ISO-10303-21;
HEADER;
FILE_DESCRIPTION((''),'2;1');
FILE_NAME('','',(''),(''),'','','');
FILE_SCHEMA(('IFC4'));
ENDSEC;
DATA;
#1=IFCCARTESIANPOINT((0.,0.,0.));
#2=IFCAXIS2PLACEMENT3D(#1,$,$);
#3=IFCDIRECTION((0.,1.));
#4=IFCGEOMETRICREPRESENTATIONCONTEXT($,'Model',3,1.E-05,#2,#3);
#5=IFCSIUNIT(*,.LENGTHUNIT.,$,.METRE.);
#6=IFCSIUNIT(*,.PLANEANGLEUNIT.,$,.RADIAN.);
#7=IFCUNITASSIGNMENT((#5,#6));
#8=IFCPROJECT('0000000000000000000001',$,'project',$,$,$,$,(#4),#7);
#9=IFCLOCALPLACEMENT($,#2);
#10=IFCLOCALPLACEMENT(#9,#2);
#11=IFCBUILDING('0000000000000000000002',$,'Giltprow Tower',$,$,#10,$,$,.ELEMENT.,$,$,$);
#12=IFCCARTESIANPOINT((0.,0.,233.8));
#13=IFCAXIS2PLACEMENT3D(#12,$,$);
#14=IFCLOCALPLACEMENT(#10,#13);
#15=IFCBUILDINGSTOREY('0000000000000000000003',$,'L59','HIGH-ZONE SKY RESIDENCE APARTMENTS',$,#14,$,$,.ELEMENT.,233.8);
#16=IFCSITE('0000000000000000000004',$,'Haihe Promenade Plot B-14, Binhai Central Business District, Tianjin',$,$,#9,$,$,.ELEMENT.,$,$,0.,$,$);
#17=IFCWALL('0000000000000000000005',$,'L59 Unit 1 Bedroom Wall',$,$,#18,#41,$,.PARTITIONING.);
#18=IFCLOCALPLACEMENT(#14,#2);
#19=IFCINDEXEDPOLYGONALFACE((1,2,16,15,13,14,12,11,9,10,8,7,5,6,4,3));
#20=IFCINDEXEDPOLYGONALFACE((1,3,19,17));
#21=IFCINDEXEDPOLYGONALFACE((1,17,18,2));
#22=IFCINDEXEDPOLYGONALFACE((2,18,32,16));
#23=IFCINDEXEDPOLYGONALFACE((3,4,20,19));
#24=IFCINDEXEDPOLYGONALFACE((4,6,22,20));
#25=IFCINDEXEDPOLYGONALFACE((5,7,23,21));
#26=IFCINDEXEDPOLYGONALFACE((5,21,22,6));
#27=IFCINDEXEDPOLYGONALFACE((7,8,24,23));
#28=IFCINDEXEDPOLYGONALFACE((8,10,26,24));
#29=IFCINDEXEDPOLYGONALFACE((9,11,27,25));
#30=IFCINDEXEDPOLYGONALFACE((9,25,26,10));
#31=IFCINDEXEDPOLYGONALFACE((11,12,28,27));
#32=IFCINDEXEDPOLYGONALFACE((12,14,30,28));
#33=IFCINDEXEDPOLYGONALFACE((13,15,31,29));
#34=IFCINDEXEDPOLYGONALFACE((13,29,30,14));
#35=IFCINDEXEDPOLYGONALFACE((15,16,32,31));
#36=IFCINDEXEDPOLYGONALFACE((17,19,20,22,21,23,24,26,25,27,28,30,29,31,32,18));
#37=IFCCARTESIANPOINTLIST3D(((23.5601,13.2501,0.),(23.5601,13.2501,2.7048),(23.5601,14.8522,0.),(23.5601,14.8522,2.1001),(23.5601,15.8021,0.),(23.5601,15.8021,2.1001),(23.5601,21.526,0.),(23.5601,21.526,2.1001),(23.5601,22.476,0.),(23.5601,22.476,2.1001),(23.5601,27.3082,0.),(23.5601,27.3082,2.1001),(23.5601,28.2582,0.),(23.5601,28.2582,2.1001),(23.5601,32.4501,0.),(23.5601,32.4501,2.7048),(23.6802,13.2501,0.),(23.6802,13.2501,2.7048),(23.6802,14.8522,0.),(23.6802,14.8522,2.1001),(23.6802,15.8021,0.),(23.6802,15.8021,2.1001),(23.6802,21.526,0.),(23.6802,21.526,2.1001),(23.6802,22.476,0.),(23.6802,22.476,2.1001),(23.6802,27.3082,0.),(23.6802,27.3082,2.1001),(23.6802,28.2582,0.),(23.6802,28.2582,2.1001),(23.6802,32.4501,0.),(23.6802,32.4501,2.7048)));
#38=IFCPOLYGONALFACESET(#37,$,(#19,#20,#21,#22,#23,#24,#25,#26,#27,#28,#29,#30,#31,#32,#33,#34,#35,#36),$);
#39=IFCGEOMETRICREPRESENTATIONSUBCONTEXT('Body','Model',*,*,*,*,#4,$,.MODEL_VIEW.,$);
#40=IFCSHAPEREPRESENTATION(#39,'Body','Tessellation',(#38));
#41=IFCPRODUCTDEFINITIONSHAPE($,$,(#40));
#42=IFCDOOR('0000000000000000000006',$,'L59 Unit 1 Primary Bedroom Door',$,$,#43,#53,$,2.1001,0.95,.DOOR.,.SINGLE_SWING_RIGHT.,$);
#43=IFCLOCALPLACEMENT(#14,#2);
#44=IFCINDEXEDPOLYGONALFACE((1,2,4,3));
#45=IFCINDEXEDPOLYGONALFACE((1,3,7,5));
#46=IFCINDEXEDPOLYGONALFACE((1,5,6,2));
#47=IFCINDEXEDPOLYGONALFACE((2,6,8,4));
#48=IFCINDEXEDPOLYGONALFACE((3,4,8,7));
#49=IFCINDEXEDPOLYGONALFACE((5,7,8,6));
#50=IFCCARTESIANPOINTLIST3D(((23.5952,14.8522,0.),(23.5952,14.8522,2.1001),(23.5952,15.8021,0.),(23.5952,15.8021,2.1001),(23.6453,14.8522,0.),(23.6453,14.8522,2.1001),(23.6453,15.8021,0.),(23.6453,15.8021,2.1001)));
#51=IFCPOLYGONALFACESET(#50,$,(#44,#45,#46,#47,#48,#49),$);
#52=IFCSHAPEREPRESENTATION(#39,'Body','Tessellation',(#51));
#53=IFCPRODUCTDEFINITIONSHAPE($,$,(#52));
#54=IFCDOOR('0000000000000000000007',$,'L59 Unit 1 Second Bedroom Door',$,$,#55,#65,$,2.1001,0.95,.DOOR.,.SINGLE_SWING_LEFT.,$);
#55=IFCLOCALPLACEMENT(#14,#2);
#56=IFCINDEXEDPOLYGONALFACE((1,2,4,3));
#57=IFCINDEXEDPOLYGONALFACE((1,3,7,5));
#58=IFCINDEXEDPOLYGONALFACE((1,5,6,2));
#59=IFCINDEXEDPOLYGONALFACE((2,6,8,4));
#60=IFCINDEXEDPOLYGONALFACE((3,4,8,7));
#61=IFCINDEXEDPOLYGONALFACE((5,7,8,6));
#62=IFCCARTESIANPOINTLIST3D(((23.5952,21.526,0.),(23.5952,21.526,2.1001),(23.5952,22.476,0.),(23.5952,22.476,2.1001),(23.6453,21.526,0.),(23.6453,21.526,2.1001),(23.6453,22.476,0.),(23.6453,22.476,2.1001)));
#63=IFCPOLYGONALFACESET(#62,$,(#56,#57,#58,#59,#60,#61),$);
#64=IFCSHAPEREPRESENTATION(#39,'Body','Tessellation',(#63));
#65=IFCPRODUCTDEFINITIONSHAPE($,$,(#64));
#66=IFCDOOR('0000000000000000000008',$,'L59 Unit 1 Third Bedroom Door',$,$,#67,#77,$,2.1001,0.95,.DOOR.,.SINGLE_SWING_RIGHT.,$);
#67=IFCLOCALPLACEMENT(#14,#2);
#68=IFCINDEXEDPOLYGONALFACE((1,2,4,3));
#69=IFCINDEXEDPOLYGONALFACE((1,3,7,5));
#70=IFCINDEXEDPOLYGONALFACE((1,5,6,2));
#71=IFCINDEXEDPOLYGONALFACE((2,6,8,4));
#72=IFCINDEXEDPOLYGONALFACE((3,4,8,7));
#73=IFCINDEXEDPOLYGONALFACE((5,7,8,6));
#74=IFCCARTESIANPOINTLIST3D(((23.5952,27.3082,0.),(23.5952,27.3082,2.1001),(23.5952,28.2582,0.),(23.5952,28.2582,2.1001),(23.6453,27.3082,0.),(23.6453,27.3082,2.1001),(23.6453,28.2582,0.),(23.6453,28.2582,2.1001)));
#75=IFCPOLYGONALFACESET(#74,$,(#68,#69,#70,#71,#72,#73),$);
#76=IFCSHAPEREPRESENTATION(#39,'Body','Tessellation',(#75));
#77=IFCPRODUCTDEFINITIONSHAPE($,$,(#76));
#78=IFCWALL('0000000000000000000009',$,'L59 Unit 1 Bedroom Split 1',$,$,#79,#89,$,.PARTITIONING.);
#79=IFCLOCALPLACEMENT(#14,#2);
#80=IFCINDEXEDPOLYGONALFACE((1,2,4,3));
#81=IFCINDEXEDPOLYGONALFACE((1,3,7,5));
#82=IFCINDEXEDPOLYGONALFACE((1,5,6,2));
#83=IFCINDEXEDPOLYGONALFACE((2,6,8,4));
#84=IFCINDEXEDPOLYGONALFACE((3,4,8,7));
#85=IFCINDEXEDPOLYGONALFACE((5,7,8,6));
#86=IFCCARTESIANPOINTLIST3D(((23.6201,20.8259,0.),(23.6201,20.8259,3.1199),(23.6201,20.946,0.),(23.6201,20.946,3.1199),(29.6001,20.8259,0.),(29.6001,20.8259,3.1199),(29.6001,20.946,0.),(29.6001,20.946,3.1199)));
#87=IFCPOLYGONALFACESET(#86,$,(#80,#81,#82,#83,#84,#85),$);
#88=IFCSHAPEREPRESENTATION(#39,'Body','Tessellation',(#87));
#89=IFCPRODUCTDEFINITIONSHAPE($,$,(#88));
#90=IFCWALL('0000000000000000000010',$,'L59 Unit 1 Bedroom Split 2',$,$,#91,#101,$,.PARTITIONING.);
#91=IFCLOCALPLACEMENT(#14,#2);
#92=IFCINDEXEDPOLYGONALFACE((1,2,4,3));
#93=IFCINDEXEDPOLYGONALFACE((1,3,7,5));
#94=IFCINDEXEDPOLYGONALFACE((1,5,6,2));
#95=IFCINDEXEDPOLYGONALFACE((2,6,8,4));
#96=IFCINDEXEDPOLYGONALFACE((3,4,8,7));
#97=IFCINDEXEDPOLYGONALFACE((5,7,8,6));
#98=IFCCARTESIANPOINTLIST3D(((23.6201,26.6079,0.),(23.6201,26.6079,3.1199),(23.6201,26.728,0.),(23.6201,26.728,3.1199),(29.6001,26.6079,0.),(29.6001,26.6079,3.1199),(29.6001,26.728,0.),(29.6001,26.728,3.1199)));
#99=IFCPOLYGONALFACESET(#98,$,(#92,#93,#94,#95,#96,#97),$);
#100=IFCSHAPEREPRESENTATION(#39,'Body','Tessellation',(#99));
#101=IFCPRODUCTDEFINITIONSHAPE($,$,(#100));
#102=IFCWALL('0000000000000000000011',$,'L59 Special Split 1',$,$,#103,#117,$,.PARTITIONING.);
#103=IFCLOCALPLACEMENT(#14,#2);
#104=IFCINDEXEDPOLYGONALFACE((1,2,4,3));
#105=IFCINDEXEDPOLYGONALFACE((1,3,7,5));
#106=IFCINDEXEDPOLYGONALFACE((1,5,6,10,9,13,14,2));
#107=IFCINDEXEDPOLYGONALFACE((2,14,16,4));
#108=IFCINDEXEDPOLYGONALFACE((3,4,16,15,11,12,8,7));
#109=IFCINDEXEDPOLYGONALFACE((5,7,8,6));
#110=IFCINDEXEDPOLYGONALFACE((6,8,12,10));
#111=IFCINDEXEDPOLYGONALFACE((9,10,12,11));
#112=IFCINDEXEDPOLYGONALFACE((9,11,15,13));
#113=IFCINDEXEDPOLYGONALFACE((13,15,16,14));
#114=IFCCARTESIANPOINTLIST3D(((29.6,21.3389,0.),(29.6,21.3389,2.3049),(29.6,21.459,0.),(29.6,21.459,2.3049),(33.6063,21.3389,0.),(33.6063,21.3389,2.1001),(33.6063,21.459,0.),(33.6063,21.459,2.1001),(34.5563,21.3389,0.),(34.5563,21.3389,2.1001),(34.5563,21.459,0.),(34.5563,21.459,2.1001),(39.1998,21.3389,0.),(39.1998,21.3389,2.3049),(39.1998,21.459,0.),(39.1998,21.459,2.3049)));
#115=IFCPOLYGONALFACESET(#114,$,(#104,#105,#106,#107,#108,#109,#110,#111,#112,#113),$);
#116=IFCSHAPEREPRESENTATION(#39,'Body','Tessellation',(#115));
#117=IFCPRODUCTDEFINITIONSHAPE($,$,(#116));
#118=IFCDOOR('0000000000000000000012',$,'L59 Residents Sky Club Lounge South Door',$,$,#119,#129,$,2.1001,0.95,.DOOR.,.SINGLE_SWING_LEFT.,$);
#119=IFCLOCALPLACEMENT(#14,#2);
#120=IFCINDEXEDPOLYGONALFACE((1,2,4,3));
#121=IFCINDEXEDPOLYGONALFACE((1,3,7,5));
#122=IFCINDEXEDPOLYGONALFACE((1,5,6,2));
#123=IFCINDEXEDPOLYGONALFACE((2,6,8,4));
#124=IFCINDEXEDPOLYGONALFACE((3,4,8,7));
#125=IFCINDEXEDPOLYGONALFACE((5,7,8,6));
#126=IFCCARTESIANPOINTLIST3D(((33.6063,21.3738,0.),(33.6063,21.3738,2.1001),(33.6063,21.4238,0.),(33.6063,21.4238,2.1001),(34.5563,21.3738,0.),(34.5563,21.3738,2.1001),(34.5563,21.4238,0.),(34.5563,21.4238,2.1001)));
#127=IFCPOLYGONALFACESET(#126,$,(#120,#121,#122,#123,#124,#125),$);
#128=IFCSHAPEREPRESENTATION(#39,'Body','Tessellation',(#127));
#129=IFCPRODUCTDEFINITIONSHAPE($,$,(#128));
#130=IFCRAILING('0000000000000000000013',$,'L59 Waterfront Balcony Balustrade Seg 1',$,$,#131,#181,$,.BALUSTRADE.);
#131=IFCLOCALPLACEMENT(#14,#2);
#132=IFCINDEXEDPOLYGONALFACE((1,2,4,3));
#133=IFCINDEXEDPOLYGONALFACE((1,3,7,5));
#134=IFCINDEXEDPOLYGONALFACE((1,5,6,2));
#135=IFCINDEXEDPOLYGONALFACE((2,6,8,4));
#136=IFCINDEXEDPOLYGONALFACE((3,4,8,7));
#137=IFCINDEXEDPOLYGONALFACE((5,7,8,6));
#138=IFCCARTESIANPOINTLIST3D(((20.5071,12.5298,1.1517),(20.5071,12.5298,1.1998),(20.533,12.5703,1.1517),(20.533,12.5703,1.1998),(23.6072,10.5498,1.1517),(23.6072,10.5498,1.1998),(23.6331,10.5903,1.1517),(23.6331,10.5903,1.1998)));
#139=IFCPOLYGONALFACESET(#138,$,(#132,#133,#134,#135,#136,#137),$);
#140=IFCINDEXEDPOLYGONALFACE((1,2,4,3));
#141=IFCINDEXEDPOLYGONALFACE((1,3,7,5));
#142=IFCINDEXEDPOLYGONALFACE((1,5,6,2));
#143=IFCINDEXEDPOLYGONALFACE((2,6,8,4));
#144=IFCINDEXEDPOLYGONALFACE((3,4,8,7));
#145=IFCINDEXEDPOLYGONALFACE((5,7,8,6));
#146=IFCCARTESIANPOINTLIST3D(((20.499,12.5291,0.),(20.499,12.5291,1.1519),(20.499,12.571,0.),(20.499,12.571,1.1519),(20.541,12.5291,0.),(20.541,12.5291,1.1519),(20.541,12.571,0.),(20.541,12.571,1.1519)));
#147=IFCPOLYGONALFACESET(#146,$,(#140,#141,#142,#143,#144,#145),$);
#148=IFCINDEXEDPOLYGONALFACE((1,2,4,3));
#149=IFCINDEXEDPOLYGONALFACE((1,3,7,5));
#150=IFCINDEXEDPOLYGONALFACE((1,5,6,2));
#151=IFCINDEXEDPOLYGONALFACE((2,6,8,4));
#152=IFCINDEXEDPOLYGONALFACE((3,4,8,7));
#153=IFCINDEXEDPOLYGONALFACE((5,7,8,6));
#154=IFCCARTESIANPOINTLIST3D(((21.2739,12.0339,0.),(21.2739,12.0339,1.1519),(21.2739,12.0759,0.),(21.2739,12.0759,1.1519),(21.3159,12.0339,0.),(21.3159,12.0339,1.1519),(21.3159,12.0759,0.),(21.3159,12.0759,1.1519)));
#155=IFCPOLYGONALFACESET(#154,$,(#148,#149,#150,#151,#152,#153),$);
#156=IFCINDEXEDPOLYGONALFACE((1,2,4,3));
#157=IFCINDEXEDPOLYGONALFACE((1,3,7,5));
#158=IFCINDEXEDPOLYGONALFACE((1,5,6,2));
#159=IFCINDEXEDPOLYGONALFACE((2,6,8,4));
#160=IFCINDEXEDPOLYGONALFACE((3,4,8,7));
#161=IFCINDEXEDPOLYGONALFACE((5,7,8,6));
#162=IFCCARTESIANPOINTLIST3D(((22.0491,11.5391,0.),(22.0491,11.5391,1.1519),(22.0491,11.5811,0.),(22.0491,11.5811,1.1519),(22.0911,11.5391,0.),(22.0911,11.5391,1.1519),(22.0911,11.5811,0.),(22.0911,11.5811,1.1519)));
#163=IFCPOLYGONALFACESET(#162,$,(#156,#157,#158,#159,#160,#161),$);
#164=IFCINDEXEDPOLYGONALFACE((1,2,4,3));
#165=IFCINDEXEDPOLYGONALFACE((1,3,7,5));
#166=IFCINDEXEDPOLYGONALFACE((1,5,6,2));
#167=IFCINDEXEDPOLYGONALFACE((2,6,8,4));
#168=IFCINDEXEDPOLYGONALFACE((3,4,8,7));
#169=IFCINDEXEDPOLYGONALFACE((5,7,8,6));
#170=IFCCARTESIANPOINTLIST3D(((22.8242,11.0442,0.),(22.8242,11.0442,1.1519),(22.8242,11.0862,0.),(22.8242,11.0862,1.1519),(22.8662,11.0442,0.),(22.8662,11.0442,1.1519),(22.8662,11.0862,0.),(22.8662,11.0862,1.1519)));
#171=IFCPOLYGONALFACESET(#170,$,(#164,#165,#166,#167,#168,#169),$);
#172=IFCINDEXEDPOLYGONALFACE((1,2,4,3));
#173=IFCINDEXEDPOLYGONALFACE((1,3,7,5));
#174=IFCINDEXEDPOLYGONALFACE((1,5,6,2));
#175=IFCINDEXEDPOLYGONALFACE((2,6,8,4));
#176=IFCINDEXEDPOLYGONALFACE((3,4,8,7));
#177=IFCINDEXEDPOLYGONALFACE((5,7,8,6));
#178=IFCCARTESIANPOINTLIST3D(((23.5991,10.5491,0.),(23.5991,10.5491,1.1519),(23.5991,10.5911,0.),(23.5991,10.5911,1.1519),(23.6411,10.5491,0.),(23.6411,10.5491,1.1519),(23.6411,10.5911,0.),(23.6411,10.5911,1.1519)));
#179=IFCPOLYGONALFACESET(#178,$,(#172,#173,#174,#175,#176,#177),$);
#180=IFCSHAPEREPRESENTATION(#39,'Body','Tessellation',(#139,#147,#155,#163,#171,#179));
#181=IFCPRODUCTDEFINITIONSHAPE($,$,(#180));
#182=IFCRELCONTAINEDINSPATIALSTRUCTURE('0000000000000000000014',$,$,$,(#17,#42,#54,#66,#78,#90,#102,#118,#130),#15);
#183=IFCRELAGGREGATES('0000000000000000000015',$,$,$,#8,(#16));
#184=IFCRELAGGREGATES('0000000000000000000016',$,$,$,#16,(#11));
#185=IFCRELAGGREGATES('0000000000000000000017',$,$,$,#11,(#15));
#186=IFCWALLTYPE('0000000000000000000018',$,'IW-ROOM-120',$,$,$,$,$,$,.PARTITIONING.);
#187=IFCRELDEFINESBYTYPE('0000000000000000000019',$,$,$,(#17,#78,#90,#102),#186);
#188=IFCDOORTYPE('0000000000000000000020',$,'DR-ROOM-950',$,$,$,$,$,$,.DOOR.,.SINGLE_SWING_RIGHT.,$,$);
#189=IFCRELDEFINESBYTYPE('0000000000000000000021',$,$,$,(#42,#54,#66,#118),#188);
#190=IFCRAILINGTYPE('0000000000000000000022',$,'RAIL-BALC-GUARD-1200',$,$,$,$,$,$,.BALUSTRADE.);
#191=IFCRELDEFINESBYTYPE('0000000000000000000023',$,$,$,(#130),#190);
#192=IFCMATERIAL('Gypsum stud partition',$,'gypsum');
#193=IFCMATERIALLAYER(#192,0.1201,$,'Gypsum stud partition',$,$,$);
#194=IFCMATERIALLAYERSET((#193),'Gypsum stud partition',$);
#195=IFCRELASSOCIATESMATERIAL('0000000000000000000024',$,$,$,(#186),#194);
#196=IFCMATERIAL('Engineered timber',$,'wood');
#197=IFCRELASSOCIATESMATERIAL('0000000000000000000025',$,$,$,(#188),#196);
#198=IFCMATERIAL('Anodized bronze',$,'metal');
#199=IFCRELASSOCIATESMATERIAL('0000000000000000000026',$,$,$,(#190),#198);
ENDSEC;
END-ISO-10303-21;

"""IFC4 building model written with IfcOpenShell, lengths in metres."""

from ifc_helpers import new_model, si_unit, direction, frame, frame_2d, origin, origin_2d, place, context, subcontext, project, spatial, rectangle, extrude, source, transform, mapped, material, layer, layer_set, type_object, element, fill, save


model = new_model("IFC4")

# Units and contexts
model_context = context("Model", 3, precision=1e-05, world=origin(), true_north=direction((0.0, 1.0)))
body_context = subcontext(model_context, "Body", "Model", "MODEL_VIEW")
ifc_project = project(units=[si_unit("LENGTHUNIT", "METRE"), si_unit("PLANEANGLEUNIT", "RADIAN")], contexts=[model_context])

# Site, building, storey
site_placement = place(None, origin())
site = spatial("IfcSite", under=ifc_project, at=site_placement, Name="Haihe Promenade Plot B-14, Binhai Central Business District, Tianjin", CompositionType="ELEMENT", RefElevation=0.0)
building_placement = place(site_placement, origin())
building = spatial("IfcBuilding", under=site, at=building_placement, Name="Giltprow Tower", CompositionType="ELEMENT")
storey_placement = place(building_placement, frame((0.0, 0.0, 233.8)))
storey = spatial("IfcBuildingStorey", under=building, at=storey_placement, Name="L59", Description="HIGH-ZONE SKY RESIDENCE APARTMENTS", CompositionType="ELEMENT", Elevation=233.8)

# Shared definitions
ifc_material_1 = material(Name="Gypsum stud partition", Category="gypsum")

# Wall, openings, doors
ifc_layer_1 = layer(ifc_material_1, 0.1201, Name="Gypsum stud partition")
ifc_layer_set_1 = layer_set([ifc_layer_1], Name="Gypsum stud partition")
wall_type_1 = type_object("IfcWallType", Name="IW-ROOM-120", PredefinedType="PARTITIONING", material=ifc_layer_set_1)
wall_1_placement = place(storey_placement, frame((23.6201, 13.25, 0.0), z_axis=(0.0, 0.0, 1.0), x_axis=(0.0, 1.0, 0.0)))
wall_1 = element("IfcWall", 1, at=wall_1_placement, inside=storey, type_object=wall_type_1, Name="L59 Unit 1 Bedroom Wall", PredefinedType="PARTITIONING", context=body_context, shape_type="SweptSolid", body=[
    extrude(rectangle(XDim=19.2, YDim=0.1201, at=frame_2d((9.6001, 0.0))), origin(), (0.0, 0.0, 1.0), 2.7048),
])
opening_1_placement = place(wall_1_placement, frame((1.6021, 0.0, 0.0)))
opening_1 = element("IfcOpeningElement", 2, at=opening_1_placement, cuts=wall_1, PredefinedType="OPENING", context=body_context, shape_type="SweptSolid", body=[
    extrude(rectangle(XDim=0.95, YDim=2.1001, at=frame_2d((0.4751, 1.05))), frame((0.0, 0.0701, 0.0), z_axis=(0.0, -1.0, 0.0), x_axis=(1.0, 0.0, 0.0)), (0.0, 0.0, 1.0), 0.1401),
])
opening_2_placement = place(wall_1_placement, frame((8.2759, 0.0, 0.0)))
opening_2 = element("IfcOpeningElement", 3, at=opening_2_placement, cuts=wall_1, PredefinedType="OPENING", context=body_context, shape_type="SweptSolid", body=[
    extrude(rectangle(XDim=0.95, YDim=2.1001, at=frame_2d((0.4751, 1.05))), frame((0.0, 0.0701, 0.0), z_axis=(0.0, -1.0, 0.0), x_axis=(1.0, 0.0, 0.0)), (0.0, 0.0, 1.0), 0.1401),
])
opening_3_placement = place(wall_1_placement, frame((14.0581, 0.0, 0.0)))
opening_3 = element("IfcOpeningElement", 4, at=opening_3_placement, cuts=wall_1, PredefinedType="OPENING", context=body_context, shape_type="SweptSolid", body=[
    extrude(rectangle(XDim=0.95, YDim=2.1001, at=frame_2d((0.4751, 1.05))), frame((0.0, 0.0701, 0.0), z_axis=(0.0, -1.0, 0.0), x_axis=(1.0, 0.0, 0.0)), (0.0, 0.0, 1.0), 0.1401),
])
ifc_material_2 = material(Name="Engineered timber", Category="wood")
door_type_1 = type_object("IfcDoorType", Name="DR-ROOM-950", OperationType="SINGLE_SWING_RIGHT", PredefinedType="DOOR", material=ifc_material_2)
shared_shape_1 = source(origin(), body_context, "Body", "SweptSolid", [
    extrude(rectangle(XDim=0.95, YDim=2.1001, at=frame_2d((0.4751, 1.05))), frame((0.0, 0.0249, 0.0), z_axis=(0.0, -1.0, 0.0), x_axis=(1.0, 0.0, 0.0)), (0.0, 0.0, 1.0), 0.05),
])
door_1_placement = place(opening_1_placement, origin())
door_1 = element("IfcDoor", 5, at=door_1_placement, inside=storey, type_object=door_type_1, Name="L59 Unit 1 Primary Bedroom Door", OperationType="SINGLE_SWING_RIGHT", OverallHeight=2.1001, OverallWidth=0.95, PredefinedType="DOOR", context=body_context, shape_type="MappedRepresentation", body=[
    mapped(shared_shape_1, transform((0.0, 0.0, 0.0), x_axis=(1.0, 0.0, 0.0), y_axis=(0.0, 1.0, 0.0), z_axis=(0.0, 0.0, 1.0), scale=1.0)),
])
fill(opening_1, door_1)
door_2_placement = place(opening_2_placement, origin())
door_2 = element("IfcDoor", 6, at=door_2_placement, inside=storey, type_object=door_type_1, Name="L59 Unit 1 Second Bedroom Door", OperationType="SINGLE_SWING_LEFT", OverallHeight=2.1001, OverallWidth=0.95, PredefinedType="DOOR", context=body_context, shape_type="MappedRepresentation", body=[
    mapped(shared_shape_1, transform((0.0, 0.0, 0.0), x_axis=(1.0, 0.0, 0.0), y_axis=(0.0, 1.0, 0.0), z_axis=(0.0, 0.0, 1.0), scale=1.0)),
])
fill(opening_2, door_2)
door_3_placement = place(opening_3_placement, origin())
door_3 = element("IfcDoor", 7, at=door_3_placement, inside=storey, type_object=door_type_1, Name="L59 Unit 1 Third Bedroom Door", OperationType="SINGLE_SWING_RIGHT", OverallHeight=2.1001, OverallWidth=0.95, PredefinedType="DOOR", context=body_context, shape_type="MappedRepresentation", body=[
    mapped(shared_shape_1, transform((0.0, 0.0, 0.0), x_axis=(1.0, 0.0, 0.0), y_axis=(0.0, 1.0, 0.0), z_axis=(0.0, 0.0, 1.0), scale=1.0)),
])
fill(opening_3, door_3)

# Walls
for number, where, z_axis, x_axis, name in (
    (8, (23.6201, 20.886, 0.0), (0.0, 0.0, 1.0), (1.0, 0.0, 0.0), "L59 Unit 1 Bedroom Split 1"),
    (9, (23.6201, 26.668, 0.0), (0.0, 0.0, 1.0), (1.0, 0.0, 0.0), "L59 Unit 1 Bedroom Split 2"),
):
    element("IfcWall", number, at=place(storey_placement, frame(where, z_axis=z_axis, x_axis=x_axis)), inside=storey, type_object=wall_type_1, Name=name, PredefinedType="PARTITIONING", context=body_context, shape_type="SweptSolid", body=[
        extrude(rectangle(XDim=5.98, YDim=0.1201, at=frame_2d((2.99, 0.0))), origin(), (0.0, 0.0, 1.0), 3.1199),
    ])

# Wall, opening, door
wall_2_placement = place(storey_placement, frame((29.6001, 21.3989, 0.0), z_axis=(0.0, 0.0, 1.0), x_axis=(1.0, 0.0, 0.0)))
wall_2 = element("IfcWall", 10, at=wall_2_placement, inside=storey, type_object=wall_type_1, Name="L59 Special Split 1", PredefinedType="PARTITIONING", context=body_context, shape_type="SweptSolid", body=[
    extrude(rectangle(XDim=9.5999, YDim=0.1201, at=frame_2d((4.7998, 0.0))), origin(), (0.0, 0.0, 1.0), 2.3049),
])
opening_4_placement = place(wall_2_placement, frame((4.0061, 0.0, 0.0)))
opening_4 = element("IfcOpeningElement", 11, at=opening_4_placement, cuts=wall_2, PredefinedType="OPENING", context=body_context, shape_type="SweptSolid", body=[
    extrude(rectangle(XDim=0.95, YDim=2.1001, at=frame_2d((0.4751, 1.05))), frame((0.0, 0.0701, 0.0), z_axis=(0.0, -1.0, 0.0), x_axis=(1.0, 0.0, 0.0)), (0.0, 0.0, 1.0), 0.1401),
])
door_4_placement = place(opening_4_placement, origin())
door_4 = element("IfcDoor", 12, at=door_4_placement, inside=storey, type_object=door_type_1, Name="L59 Residents Sky Club Lounge South Door", OperationType="SINGLE_SWING_LEFT", OverallHeight=2.1001, OverallWidth=0.95, PredefinedType="DOOR", context=body_context, shape_type="MappedRepresentation", body=[
    mapped(shared_shape_1, transform((0.0, 0.0, 0.0), x_axis=(1.0, 0.0, 0.0), y_axis=(0.0, 1.0, 0.0), z_axis=(0.0, 0.0, 1.0), scale=1.0)),
])
fill(opening_4, door_4)

# Railing
ifc_material_3 = material(Name="Anodized bronze", Category="metal")
railing_type = type_object("IfcRailingType", Name="RAIL-BALC-GUARD-1200", PredefinedType="BALUSTRADE", material=ifc_material_3)
railing_1_placement = place(storey_placement, frame((20.52, 12.55, 0.0)))
element("IfcRailing", 13, at=railing_1_placement, inside=storey, type_object=railing_type, Name="L59 Waterfront Balcony Balustrade Seg 1", PredefinedType="BALUSTRADE", context=body_context, shape_type="SweptSolid", body=[
    extrude(rectangle(XDim=0.0481, YDim=0.0481, at=origin_2d()), frame((0.0, 0.0, 1.1758), z_axis=(0.842775, -0.538266, 0.0), x_axis=(0.538266, 0.842775, 0.0)), (0.0, 0.0, 1.0), 3.6785),
    extrude(rectangle(XDim=0.042, YDim=0.042, at=origin_2d()), origin(), (0.0, 0.0, 1.0), 1.1519),
    extrude(rectangle(XDim=0.042, YDim=0.042, at=origin_2d()), frame((0.7749, -0.4951, 0.0)), (0.0, 0.0, 1.0), 1.1519),
    extrude(rectangle(XDim=0.042, YDim=0.042, at=origin_2d()), frame((1.55, -0.99, 0.0)), (0.0, 0.0, 1.0), 1.1519),
    extrude(rectangle(XDim=0.042, YDim=0.042, at=origin_2d()), frame((2.3252, -1.4849, 0.0)), (0.0, 0.0, 1.0), 1.1519),
    extrude(rectangle(XDim=0.042, YDim=0.042, at=origin_2d()), frame((3.1001, -1.98, 0.0)), (0.0, 0.0, 1.0), 1.1519),
])

save(model, "model.ifc")
